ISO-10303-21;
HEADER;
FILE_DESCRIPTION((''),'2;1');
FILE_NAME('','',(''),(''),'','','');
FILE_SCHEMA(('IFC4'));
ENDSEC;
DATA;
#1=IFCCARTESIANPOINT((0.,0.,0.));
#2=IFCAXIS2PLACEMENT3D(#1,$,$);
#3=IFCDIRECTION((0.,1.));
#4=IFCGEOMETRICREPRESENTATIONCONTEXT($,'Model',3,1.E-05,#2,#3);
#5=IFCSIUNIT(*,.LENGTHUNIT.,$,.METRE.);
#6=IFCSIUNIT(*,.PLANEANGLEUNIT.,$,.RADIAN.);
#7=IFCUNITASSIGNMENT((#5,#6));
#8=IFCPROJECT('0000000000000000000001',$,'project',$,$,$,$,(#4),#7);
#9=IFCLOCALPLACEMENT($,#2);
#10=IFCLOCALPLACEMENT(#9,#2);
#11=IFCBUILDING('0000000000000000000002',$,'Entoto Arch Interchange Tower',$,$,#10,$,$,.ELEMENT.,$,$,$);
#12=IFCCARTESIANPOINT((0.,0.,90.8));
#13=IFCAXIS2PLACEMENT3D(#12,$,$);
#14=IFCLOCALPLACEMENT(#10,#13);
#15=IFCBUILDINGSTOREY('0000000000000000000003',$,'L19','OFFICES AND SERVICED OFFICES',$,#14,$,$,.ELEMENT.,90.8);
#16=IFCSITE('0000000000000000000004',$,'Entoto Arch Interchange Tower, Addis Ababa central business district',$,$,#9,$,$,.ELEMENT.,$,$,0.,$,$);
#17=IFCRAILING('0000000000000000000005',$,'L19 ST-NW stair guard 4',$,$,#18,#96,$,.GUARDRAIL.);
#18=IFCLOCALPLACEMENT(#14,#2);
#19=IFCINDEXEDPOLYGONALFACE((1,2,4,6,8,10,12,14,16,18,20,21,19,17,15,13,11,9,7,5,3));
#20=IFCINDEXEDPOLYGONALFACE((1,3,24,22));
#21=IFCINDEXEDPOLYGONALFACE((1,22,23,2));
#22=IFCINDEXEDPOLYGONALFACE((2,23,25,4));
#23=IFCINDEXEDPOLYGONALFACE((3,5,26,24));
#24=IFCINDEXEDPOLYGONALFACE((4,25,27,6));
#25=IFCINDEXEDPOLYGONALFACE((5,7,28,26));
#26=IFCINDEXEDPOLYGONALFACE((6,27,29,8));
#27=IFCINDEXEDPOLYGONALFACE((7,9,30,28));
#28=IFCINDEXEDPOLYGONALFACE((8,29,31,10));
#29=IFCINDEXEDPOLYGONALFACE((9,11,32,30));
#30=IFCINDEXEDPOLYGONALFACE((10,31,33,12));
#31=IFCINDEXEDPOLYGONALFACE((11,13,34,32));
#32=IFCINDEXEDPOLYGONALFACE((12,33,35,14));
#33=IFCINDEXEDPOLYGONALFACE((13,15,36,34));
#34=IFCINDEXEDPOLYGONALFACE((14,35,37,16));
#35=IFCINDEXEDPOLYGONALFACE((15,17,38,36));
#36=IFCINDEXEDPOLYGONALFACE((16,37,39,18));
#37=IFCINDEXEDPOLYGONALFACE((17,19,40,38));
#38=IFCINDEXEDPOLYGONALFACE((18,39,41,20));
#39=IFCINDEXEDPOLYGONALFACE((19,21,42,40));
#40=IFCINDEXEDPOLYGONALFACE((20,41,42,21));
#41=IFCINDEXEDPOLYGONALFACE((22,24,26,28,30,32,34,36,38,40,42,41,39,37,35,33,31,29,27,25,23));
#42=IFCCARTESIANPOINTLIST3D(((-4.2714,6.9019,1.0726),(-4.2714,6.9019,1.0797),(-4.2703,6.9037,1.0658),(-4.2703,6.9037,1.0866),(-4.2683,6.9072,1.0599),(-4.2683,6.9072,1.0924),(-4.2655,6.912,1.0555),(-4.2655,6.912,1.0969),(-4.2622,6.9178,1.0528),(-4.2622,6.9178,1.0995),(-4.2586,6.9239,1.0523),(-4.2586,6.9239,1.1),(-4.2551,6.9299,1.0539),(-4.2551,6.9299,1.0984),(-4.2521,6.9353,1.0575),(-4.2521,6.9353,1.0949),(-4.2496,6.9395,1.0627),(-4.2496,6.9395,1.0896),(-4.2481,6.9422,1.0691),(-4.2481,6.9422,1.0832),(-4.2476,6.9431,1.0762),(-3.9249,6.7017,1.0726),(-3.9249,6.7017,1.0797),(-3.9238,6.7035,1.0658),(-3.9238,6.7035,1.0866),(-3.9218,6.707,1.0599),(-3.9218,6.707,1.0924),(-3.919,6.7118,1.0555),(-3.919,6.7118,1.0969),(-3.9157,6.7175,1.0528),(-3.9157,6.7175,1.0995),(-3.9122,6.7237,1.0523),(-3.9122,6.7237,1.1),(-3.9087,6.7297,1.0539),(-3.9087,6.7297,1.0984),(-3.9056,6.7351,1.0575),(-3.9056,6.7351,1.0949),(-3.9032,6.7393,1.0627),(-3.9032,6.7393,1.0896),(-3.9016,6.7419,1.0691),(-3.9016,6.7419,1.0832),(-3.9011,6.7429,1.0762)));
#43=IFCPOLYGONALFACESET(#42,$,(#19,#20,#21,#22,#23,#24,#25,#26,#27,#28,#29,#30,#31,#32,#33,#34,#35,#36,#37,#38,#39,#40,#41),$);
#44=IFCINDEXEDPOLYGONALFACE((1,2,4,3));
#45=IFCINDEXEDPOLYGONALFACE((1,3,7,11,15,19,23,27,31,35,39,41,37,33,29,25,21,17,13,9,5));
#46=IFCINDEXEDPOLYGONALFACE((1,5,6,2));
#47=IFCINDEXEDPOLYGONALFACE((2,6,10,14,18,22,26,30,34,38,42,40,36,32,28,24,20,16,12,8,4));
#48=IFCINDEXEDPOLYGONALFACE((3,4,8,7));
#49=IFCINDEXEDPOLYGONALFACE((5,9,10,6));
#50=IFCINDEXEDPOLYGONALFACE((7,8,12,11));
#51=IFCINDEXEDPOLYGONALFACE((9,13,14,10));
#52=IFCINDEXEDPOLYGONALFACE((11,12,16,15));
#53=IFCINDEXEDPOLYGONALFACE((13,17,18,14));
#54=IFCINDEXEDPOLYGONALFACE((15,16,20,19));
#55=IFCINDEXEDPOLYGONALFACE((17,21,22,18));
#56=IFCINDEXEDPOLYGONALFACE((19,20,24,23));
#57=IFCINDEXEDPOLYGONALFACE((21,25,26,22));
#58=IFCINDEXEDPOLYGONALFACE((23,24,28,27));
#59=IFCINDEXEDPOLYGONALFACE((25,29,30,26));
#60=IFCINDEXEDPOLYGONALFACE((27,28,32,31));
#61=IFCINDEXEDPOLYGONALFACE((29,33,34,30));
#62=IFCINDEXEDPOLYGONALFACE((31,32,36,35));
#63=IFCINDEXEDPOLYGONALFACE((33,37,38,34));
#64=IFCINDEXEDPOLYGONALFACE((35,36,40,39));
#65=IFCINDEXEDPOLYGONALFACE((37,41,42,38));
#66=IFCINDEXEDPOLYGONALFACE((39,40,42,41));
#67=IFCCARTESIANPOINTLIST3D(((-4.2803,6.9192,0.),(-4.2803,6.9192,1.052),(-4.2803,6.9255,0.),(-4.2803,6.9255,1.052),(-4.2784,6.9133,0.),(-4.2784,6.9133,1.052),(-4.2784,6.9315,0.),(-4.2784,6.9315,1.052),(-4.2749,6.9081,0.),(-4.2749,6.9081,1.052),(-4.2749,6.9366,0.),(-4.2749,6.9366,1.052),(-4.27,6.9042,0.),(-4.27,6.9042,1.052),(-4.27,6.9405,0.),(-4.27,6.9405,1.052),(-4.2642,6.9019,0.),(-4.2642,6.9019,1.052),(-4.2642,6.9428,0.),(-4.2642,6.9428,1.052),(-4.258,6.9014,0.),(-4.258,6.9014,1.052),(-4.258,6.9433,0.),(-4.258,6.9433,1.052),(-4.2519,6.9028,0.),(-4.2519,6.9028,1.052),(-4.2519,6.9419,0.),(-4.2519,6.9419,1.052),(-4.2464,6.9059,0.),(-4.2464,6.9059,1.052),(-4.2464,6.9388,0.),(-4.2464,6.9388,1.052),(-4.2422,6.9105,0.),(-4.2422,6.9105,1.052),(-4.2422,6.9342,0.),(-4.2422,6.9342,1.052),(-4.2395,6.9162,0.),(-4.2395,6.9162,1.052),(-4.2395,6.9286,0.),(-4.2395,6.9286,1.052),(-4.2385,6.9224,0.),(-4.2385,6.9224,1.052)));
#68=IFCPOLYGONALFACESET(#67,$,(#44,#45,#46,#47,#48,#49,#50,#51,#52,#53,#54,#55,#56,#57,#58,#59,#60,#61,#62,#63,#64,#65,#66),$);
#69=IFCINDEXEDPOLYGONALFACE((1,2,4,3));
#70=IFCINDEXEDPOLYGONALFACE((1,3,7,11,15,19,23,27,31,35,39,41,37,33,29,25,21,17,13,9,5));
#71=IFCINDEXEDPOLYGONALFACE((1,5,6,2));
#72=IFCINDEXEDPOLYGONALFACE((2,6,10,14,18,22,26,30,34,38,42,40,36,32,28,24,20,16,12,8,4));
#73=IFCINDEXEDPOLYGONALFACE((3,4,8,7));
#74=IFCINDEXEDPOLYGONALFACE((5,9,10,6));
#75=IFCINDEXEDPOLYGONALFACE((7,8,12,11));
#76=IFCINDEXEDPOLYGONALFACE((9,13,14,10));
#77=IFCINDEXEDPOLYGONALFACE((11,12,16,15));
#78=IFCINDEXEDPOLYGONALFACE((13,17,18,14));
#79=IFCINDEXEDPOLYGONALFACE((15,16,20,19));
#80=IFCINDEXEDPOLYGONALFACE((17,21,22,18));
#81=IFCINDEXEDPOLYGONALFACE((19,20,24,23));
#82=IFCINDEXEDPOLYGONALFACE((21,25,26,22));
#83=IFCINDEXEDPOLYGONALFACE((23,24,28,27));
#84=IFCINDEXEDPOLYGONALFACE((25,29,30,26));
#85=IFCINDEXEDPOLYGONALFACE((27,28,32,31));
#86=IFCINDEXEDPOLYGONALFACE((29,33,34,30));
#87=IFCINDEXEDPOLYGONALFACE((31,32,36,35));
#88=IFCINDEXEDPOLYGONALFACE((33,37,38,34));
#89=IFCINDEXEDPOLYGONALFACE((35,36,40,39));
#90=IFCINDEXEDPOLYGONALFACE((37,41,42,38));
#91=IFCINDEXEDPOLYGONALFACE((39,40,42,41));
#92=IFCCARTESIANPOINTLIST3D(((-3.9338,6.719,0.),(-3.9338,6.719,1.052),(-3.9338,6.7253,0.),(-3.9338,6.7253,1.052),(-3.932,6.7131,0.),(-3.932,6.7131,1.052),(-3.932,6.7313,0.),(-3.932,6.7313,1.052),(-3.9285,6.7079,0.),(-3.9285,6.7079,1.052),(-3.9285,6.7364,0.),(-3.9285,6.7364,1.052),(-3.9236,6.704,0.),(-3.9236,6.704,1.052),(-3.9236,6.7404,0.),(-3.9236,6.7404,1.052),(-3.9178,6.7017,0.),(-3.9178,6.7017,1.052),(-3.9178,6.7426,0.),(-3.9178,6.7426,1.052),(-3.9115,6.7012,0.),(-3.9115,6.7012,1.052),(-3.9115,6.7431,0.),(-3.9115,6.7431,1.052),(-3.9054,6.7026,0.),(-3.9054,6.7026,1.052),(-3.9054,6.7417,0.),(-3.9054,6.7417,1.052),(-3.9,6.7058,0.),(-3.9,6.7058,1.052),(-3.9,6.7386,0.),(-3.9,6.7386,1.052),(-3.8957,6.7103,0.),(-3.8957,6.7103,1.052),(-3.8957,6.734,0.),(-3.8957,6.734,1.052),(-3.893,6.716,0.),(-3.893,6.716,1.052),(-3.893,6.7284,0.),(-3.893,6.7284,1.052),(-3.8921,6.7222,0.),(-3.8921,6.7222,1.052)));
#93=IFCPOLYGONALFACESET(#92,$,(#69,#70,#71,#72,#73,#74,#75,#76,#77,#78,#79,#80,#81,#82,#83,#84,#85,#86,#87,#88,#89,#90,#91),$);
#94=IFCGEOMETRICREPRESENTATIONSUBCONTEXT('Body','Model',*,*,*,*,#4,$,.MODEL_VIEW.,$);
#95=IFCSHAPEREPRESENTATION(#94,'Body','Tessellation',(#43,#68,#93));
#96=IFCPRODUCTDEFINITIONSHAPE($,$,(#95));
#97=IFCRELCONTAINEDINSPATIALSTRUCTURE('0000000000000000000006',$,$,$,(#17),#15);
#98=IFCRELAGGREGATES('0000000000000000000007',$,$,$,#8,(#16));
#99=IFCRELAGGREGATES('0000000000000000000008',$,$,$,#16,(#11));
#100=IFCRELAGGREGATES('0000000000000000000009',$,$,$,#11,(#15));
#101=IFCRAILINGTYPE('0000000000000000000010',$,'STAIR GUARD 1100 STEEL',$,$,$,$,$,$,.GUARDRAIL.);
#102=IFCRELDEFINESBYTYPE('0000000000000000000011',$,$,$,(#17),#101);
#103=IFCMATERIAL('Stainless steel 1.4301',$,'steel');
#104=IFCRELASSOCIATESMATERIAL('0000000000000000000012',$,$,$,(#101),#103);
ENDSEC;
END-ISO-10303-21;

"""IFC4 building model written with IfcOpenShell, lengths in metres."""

from ifc_helpers import new_model, si_unit, direction, frame, origin, origin_2d, place, context, subcontext, project, spatial, circle, extrude, material, type_object, element, save


model = new_model("IFC4")

# Units and contexts
model_context = context("Model", 3, precision=1e-05, world=origin(), true_north=direction((0.0, 1.0)))
body_context = subcontext(model_context, "Body", "Model", "MODEL_VIEW")
ifc_project = project(units=[si_unit("LENGTHUNIT", "METRE"), si_unit("PLANEANGLEUNIT", "RADIAN")], contexts=[model_context])

# Site, building, storey
site_placement = place(None, origin())
site = spatial("IfcSite", under=ifc_project, at=site_placement, Name="Entoto Arch Interchange Tower, Addis Ababa central business district", CompositionType="ELEMENT", RefElevation=0.0)
building_placement = place(site_placement, origin())
building = spatial("IfcBuilding", under=site, at=building_placement, Name="Entoto Arch Interchange Tower", CompositionType="ELEMENT")
storey_placement = place(building_placement, frame((0.0, 0.0, 90.8)))
storey = spatial("IfcBuildingStorey", under=building, at=storey_placement, Name="L19", Description="OFFICES AND SERVICED OFFICES", CompositionType="ELEMENT", Elevation=90.8)

# Railing
ifc_material_1 = material(Name="Stainless steel 1.4301", Category="steel")
railing_type_1 = type_object("IfcRailingType", Name="STAIR GUARD 1100 STEEL", PredefinedType="GUARDRAIL", material=ifc_material_1)
railing_1_placement = place(storey_placement, frame((-4.2595, 6.9224, 0.0)))
element("IfcRailing", 1, at=railing_1_placement, inside=storey, type_object=railing_type_1, Name="L19 ST-NW stair guard 4", PredefinedType="GUARDRAIL", context=body_context, shape_type="SweptSolid", body=[
    extrude(circle(Radius=0.0239, at=origin_2d()), frame((0.0, 0.0, 1.0762), z_axis=(0.86583, -0.500339, 0.0), x_axis=(0.500339, 0.86583, 0.0)), (0.0, 0.0, 1.0), 0.4001),
    extrude(circle(Radius=0.021, at=origin_2d()), origin(), (0.0, 0.0, 1.0), 1.052),
    extrude(circle(Radius=0.021, at=origin_2d()), frame((0.3464, -0.2002, 0.0)), (0.0, 0.0, 1.0), 1.052),
])

save(model, "model.ifc")
